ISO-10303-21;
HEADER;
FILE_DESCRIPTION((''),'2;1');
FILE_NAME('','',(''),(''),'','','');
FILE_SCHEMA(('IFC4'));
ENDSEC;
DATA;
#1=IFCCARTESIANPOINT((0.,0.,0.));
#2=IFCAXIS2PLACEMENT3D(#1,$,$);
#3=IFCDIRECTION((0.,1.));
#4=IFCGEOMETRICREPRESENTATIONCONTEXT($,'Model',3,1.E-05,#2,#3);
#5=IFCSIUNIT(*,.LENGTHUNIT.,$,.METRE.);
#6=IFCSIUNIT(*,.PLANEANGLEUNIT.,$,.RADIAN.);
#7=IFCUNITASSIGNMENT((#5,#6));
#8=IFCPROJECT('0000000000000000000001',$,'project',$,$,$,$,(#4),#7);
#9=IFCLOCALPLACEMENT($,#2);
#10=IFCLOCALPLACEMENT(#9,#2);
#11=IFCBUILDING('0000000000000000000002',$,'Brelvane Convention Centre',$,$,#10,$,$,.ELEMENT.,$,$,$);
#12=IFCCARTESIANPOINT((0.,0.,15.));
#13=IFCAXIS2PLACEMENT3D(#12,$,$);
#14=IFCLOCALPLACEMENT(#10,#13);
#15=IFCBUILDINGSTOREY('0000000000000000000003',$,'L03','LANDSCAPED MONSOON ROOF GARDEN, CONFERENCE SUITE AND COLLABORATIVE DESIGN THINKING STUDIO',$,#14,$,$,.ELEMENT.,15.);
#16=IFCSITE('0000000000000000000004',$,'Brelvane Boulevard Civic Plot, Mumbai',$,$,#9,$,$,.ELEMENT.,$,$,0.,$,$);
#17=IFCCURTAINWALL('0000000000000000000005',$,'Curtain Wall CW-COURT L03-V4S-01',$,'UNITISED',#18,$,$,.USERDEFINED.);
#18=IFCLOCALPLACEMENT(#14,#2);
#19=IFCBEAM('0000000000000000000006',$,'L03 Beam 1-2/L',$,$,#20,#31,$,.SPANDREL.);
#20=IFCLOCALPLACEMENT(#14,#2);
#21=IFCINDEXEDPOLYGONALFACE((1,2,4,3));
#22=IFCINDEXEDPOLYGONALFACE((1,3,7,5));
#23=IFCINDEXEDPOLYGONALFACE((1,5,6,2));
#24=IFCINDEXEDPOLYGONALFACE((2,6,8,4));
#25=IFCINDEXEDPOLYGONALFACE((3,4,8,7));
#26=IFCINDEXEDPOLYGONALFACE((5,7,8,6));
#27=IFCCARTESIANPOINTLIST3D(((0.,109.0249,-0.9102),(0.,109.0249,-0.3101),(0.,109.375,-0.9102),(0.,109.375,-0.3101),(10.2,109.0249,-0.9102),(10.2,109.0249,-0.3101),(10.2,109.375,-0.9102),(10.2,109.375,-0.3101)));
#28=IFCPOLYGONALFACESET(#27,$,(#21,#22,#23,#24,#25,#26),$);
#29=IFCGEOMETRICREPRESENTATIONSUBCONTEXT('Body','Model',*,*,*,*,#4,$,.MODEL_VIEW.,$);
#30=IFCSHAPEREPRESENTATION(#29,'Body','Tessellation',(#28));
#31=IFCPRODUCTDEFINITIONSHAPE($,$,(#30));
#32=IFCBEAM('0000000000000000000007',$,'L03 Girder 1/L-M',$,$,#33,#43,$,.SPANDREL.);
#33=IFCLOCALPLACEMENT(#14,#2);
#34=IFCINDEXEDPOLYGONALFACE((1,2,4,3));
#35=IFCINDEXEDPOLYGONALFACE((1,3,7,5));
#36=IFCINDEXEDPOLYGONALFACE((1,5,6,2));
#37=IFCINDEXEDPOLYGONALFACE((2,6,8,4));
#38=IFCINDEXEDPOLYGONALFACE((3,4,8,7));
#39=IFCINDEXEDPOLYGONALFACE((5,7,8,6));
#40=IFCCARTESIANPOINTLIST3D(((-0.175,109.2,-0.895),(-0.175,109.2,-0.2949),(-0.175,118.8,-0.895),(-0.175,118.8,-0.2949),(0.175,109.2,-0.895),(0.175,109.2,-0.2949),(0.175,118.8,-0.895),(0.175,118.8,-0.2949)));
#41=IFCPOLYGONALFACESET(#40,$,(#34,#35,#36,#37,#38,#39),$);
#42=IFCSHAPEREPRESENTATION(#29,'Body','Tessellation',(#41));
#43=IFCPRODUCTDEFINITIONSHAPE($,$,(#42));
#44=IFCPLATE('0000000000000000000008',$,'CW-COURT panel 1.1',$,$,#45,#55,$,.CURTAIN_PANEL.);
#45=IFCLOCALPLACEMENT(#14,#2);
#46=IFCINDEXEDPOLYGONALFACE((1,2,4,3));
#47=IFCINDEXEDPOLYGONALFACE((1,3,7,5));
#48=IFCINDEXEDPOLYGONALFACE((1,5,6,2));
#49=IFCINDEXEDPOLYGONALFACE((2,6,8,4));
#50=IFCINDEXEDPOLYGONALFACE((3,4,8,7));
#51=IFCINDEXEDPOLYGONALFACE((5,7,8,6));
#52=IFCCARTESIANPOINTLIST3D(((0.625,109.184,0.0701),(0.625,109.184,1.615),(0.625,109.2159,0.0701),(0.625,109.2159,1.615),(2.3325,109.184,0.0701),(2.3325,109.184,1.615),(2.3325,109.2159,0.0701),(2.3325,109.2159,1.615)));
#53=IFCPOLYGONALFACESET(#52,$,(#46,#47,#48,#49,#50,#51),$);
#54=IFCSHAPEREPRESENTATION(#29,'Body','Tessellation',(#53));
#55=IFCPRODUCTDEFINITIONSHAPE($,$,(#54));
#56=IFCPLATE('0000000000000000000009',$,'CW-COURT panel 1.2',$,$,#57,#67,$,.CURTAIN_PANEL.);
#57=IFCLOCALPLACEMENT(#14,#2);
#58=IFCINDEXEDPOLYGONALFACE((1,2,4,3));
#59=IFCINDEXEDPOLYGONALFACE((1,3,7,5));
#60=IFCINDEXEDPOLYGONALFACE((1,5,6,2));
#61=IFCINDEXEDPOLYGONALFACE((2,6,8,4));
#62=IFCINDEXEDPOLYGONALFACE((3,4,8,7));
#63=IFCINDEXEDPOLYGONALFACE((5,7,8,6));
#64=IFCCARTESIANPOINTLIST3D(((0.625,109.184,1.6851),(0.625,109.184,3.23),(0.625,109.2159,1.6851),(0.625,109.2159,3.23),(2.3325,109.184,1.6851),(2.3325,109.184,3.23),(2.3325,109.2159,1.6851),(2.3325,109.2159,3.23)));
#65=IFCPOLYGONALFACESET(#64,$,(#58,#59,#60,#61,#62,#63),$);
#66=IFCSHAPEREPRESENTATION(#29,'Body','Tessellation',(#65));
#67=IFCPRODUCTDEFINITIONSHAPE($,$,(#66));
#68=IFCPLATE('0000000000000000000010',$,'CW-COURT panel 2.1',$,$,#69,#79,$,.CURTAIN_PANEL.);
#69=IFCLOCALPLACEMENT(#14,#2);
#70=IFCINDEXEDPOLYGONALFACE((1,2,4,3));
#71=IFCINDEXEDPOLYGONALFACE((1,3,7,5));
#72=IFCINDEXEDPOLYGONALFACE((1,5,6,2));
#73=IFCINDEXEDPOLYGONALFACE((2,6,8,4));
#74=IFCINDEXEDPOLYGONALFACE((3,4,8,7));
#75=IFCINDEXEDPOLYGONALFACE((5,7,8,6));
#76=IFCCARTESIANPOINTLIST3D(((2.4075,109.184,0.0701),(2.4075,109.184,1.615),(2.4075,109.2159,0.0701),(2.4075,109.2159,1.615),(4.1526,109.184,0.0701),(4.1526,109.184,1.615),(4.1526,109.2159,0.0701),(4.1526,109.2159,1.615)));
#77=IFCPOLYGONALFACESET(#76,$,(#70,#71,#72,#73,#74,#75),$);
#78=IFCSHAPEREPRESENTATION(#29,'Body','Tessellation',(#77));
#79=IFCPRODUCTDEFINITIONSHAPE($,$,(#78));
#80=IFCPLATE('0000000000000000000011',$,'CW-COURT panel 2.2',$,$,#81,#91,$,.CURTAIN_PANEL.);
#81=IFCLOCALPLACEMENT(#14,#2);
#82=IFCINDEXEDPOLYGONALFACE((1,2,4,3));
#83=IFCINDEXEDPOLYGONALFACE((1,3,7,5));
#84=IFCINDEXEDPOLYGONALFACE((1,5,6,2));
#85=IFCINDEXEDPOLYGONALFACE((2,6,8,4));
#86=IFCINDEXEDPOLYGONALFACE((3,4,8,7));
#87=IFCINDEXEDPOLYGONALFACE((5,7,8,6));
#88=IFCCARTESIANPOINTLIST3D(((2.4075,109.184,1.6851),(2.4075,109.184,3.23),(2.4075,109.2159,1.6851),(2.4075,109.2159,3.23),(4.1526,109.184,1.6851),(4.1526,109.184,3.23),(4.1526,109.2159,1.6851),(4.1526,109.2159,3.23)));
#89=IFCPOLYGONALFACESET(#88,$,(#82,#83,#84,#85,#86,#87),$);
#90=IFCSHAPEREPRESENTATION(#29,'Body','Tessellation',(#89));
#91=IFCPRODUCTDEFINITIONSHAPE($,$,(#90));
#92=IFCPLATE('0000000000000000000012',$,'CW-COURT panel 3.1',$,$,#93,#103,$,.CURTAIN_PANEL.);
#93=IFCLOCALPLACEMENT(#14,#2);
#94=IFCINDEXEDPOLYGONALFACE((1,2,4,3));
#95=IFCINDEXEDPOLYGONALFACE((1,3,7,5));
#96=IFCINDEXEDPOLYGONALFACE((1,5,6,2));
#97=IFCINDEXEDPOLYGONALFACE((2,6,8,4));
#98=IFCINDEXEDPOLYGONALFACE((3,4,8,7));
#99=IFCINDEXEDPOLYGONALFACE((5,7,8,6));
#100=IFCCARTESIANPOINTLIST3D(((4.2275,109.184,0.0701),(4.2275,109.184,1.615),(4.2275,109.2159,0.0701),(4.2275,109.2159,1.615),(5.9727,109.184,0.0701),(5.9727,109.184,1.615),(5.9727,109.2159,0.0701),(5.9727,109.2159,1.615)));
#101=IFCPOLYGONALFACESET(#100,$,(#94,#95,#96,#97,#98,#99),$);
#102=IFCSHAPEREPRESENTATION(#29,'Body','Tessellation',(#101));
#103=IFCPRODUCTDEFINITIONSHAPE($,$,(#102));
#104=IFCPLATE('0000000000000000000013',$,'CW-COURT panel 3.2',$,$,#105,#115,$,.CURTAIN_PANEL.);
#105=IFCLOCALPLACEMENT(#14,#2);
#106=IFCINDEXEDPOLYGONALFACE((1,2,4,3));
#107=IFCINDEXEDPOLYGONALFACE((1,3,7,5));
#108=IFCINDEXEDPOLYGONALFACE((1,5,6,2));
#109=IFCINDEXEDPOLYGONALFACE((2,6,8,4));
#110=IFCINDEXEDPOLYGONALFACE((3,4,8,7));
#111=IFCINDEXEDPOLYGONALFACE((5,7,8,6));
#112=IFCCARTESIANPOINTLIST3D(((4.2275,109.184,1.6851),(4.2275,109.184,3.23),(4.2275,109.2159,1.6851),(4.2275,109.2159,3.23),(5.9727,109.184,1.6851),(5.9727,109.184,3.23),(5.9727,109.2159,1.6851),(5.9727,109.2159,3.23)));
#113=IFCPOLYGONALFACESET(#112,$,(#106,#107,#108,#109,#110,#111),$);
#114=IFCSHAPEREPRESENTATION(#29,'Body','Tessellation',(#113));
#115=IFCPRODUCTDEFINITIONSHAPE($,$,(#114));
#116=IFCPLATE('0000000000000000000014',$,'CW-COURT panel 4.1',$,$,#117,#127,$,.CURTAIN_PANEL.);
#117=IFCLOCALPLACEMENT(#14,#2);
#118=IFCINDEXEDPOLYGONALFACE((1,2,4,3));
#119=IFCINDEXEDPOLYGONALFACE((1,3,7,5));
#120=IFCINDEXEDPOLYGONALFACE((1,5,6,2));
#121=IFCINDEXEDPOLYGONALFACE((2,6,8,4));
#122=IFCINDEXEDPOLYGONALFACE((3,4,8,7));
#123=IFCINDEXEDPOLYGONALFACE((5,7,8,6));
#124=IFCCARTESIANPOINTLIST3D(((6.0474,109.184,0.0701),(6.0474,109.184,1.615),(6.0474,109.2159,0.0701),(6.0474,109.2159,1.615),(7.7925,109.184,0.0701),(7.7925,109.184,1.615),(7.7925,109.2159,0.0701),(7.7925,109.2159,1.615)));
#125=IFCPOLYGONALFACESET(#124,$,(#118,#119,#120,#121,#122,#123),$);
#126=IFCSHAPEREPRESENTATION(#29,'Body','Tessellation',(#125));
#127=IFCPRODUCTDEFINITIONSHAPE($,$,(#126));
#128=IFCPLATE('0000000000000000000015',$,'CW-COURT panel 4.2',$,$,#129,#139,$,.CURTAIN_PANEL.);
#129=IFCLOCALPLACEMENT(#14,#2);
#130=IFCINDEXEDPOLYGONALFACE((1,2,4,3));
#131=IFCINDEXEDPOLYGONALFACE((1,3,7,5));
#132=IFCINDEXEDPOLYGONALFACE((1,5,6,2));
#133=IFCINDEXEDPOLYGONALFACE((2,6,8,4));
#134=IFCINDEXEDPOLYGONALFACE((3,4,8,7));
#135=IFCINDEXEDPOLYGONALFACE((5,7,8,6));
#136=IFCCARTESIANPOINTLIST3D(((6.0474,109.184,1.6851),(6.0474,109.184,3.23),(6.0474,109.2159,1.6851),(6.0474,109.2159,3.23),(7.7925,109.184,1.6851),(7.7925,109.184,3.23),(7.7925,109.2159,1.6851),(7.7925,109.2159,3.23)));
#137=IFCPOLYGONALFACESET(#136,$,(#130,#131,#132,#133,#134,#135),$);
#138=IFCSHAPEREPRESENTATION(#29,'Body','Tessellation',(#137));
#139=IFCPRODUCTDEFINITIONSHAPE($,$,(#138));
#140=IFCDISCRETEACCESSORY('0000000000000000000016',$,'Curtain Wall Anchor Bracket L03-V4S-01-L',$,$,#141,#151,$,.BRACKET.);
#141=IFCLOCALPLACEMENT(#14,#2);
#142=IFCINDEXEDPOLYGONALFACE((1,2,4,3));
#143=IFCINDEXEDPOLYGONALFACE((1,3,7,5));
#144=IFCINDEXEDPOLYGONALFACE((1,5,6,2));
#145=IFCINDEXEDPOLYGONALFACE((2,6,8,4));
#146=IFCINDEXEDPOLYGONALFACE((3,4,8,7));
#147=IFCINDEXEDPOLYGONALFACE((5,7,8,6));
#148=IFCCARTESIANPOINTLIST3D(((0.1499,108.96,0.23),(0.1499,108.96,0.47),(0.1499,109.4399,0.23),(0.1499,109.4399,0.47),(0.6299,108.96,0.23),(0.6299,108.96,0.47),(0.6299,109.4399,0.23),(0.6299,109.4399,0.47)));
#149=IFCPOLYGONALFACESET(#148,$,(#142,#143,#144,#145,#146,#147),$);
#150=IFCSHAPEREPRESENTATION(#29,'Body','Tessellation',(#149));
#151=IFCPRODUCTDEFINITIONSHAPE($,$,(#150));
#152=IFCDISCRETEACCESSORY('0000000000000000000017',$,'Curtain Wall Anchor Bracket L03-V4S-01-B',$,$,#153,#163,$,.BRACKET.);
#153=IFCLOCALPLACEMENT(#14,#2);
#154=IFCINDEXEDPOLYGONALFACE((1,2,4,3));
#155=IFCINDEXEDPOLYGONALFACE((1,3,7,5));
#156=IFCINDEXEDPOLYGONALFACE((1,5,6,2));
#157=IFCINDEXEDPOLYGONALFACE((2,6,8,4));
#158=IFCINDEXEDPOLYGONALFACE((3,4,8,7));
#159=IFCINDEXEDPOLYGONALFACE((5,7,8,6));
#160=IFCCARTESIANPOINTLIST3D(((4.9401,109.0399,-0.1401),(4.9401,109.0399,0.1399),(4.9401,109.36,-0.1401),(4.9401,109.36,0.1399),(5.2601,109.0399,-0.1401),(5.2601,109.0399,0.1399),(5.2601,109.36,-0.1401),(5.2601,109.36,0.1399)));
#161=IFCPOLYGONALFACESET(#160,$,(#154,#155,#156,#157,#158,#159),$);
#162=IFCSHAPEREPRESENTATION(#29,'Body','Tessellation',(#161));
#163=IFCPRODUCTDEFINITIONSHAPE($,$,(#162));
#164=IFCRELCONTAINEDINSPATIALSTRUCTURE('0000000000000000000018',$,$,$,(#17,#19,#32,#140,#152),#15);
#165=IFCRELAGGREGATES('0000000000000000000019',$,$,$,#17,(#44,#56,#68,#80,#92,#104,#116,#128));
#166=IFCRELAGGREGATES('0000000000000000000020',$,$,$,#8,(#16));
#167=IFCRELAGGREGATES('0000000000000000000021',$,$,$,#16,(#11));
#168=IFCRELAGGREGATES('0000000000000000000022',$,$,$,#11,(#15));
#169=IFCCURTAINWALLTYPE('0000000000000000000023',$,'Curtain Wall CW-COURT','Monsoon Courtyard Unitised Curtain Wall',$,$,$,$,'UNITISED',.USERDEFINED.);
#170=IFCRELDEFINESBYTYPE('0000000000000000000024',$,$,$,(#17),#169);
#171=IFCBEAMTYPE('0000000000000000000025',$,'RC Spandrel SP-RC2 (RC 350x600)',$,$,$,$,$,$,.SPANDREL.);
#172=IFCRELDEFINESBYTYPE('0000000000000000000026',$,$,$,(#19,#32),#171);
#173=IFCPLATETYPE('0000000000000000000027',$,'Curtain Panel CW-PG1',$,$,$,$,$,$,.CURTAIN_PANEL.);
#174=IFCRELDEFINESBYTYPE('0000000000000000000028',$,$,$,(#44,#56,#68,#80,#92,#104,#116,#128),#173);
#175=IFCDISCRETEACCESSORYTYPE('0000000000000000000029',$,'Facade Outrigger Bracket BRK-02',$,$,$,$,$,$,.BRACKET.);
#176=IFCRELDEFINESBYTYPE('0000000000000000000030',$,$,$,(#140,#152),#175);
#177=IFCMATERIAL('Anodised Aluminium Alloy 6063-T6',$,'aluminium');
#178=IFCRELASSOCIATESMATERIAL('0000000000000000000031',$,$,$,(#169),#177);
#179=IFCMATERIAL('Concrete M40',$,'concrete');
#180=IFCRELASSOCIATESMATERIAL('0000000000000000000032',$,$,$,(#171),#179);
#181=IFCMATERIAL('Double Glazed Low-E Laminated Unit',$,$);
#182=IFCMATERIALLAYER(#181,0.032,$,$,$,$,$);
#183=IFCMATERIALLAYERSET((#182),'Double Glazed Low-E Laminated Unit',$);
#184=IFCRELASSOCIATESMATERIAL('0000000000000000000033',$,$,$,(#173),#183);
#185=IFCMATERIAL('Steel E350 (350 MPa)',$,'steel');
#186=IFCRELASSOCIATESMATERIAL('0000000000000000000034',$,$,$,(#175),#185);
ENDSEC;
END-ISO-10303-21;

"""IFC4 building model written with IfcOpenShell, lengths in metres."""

from ifc_helpers import new_model, si_unit, direction, frame, origin, origin_2d, place, context, subcontext, project, spatial, rectangle, extrude, material, layer, layer_set, material_profile, profile_set, type_object, element, aggregate, save


model = new_model("IFC4")

# Units and contexts
model_context = context("Model", 3, precision=1e-05, world=origin(), true_north=direction((0.0, 1.0)))
body_context = subcontext(model_context, "Body", "Model", "MODEL_VIEW")
ifc_project = project(units=[si_unit("LENGTHUNIT", "METRE"), si_unit("PLANEANGLEUNIT", "RADIAN")], contexts=[model_context])

# Site, building, storey
site_placement = place(None, origin())
site = spatial("IfcSite", under=ifc_project, at=site_placement, Name="Brelvane Boulevard Civic Plot, Mumbai", CompositionType="ELEMENT", RefElevation=0.0)
building_placement = place(site_placement, origin())
building = spatial("IfcBuilding", under=site, at=building_placement, Name="Brelvane Convention Centre", CompositionType="ELEMENT")
storey_placement = place(building_placement, frame((0.0, 0.0, 15.0)))
storey = spatial("IfcBuildingStorey", under=building, at=storey_placement, Name="L03", Description="LANDSCAPED MONSOON ROOF GARDEN, CONFERENCE SUITE AND COLLABORATIVE DESIGN THINKING STUDIO", CompositionType="ELEMENT", Elevation=15.0)

# Curtain wall
ifc_material_1 = material(Name="Anodised Aluminium Alloy 6063-T6", Category="aluminium")
curtain_wall_type = type_object("IfcCurtainWallType", Name="Curtain Wall CW-COURT", Description="Monsoon Courtyard Unitised Curtain Wall", ElementType="UNITISED", PredefinedType="USERDEFINED", material=ifc_material_1)
curtain_wall_placement = place(storey_placement, origin())
curtain_wall = element("IfcCurtainWall", 1, at=curtain_wall_placement, inside=storey, type_object=curtain_wall_type, Name="Curtain Wall CW-COURT L03-V4S-01", ObjectType="UNITISED", PredefinedType="USERDEFINED")

# Beams
ifc_material_2 = material(Name="Concrete M40", Category="concrete")
ifc_material_profile_1 = material_profile(ifc_material_2, rectangle(XDim=0.3501, YDim=0.6001, at=origin_2d()), Name="RC 350x600")
ifc_profile_set_1 = profile_set([ifc_material_profile_1], Name="Concrete M40")
beam_type_1 = type_object("IfcBeamType", Name="RC Spandrel SP-RC2 (RC 350x600)", PredefinedType="SPANDREL", material=ifc_profile_set_1)
beam_1_placement = place(storey_placement, frame((0.0, 109.2, -0.6101), z_axis=(1.0, 0.0, 0.0), x_axis=(0.0, 1.0, 0.0)))
element("IfcBeam", 2, at=beam_1_placement, inside=storey, type_object=beam_type_1, Name="L03 Beam 1-2/L", PredefinedType="SPANDREL", context=body_context, shape_type="SweptSolid", body=[
    extrude(rectangle(XDim=0.3501, YDim=0.6001, at=origin_2d()), origin(), (0.0, 0.0, 1.0), 10.2),
])
beam_2_placement = place(storey_placement, frame((0.0, 109.2, -0.595), z_axis=(0.0, 1.0, 0.0), x_axis=(-1.0, 0.0, 0.0)))
element("IfcBeam", 3, at=beam_2_placement, inside=storey, type_object=beam_type_1, Name="L03 Girder 1/L-M", PredefinedType="SPANDREL", context=body_context, shape_type="SweptSolid", body=[
    extrude(rectangle(XDim=0.3501, YDim=0.6001, at=origin_2d()), origin(), (0.0, 0.0, 1.0), 9.6001),
])

# Plates
ifc_material_3 = material(Name="Double Glazed Low-E Laminated Unit")
ifc_layer = layer(ifc_material_3, 0.032)
ifc_layer_set = layer_set([ifc_layer], Name="Double Glazed Low-E Laminated Unit")
plate_type = type_object("IfcPlateType", Name="Curtain Panel CW-PG1", PredefinedType="CURTAIN_PANEL", material=ifc_layer_set)
plate_1_placement = place(storey_placement, frame((1.4788, 109.2, 0.0701), z_axis=(0.0, 0.0, 1.0), x_axis=(1.0, 0.0, 0.0)))
plate_1 = element("IfcPlate", 4, at=plate_1_placement, type_object=plate_type, Name="CW-COURT panel 1.1", PredefinedType="CURTAIN_PANEL", context=body_context, shape_type="SweptSolid", body=[
    extrude(rectangle(XDim=1.7075, YDim=0.032, at=origin_2d()), origin(), (0.0, 0.0, 1.0), 1.5449),
])
plate_2_placement = place(storey_placement, frame((1.4788, 109.2, 1.6851), z_axis=(0.0, 0.0, 1.0), x_axis=(1.0, 0.0, 0.0)))
plate_2 = element("IfcPlate", 5, at=plate_2_placement, type_object=plate_type, Name="CW-COURT panel 1.2", PredefinedType="CURTAIN_PANEL", context=body_context, shape_type="SweptSolid", body=[
    extrude(rectangle(XDim=1.7075, YDim=0.032, at=origin_2d()), origin(), (0.0, 0.0, 1.0), 1.5449),
])
plate_3_placement = place(storey_placement, frame((3.28, 109.2, 0.0701), z_axis=(0.0, 0.0, 1.0), x_axis=(1.0, 0.0, 0.0)))
plate_3 = element("IfcPlate", 6, at=plate_3_placement, type_object=plate_type, Name="CW-COURT panel 2.1", PredefinedType="CURTAIN_PANEL", context=body_context, shape_type="SweptSolid", body=[
    extrude(rectangle(XDim=1.7451, YDim=0.032, at=origin_2d()), origin(), (0.0, 0.0, 1.0), 1.5449),
])
plate_4_placement = place(storey_placement, frame((3.28, 109.2, 1.6851), z_axis=(0.0, 0.0, 1.0), x_axis=(1.0, 0.0, 0.0)))
plate_4 = element("IfcPlate", 7, at=plate_4_placement, type_object=plate_type, Name="CW-COURT panel 2.2", PredefinedType="CURTAIN_PANEL", context=body_context, shape_type="SweptSolid", body=[
    extrude(rectangle(XDim=1.7451, YDim=0.032, at=origin_2d()), origin(), (0.0, 0.0, 1.0), 1.5449),
])
plate_5_placement = place(storey_placement, frame((5.1001, 109.2, 0.0701), z_axis=(0.0, 0.0, 1.0), x_axis=(1.0, 0.0, 0.0)))
plate_5 = element("IfcPlate", 8, at=plate_5_placement, type_object=plate_type, Name="CW-COURT panel 3.1", PredefinedType="CURTAIN_PANEL", context=body_context, shape_type="SweptSolid", body=[
    extrude(rectangle(XDim=1.7451, YDim=0.032, at=origin_2d()), origin(), (0.0, 0.0, 1.0), 1.5449),
])
plate_6_placement = place(storey_placement, frame((5.1001, 109.2, 1.6851), z_axis=(0.0, 0.0, 1.0), x_axis=(1.0, 0.0, 0.0)))
plate_6 = element("IfcPlate", 9, at=plate_6_placement, type_object=plate_type, Name="CW-COURT panel 3.2", PredefinedType="CURTAIN_PANEL", context=body_context, shape_type="SweptSolid", body=[
    extrude(rectangle(XDim=1.7451, YDim=0.032, at=origin_2d()), origin(), (0.0, 0.0, 1.0), 1.5449),
])
plate_7_placement = place(storey_placement, frame((6.9199, 109.2, 0.0701), z_axis=(0.0, 0.0, 1.0), x_axis=(1.0, 0.0, 0.0)))
plate_7 = element("IfcPlate", 10, at=plate_7_placement, type_object=plate_type, Name="CW-COURT panel 4.1", PredefinedType="CURTAIN_PANEL", context=body_context, shape_type="SweptSolid", body=[
    extrude(rectangle(XDim=1.7451, YDim=0.032, at=origin_2d()), origin(), (0.0, 0.0, 1.0), 1.5449),
])
plate_8_placement = place(storey_placement, frame((6.9199, 109.2, 1.6851), z_axis=(0.0, 0.0, 1.0), x_axis=(1.0, 0.0, 0.0)))
plate_8 = element("IfcPlate", 11, at=plate_8_placement, type_object=plate_type, Name="CW-COURT panel 4.2", PredefinedType="CURTAIN_PANEL", context=body_context, shape_type="SweptSolid", body=[
    extrude(rectangle(XDim=1.7451, YDim=0.032, at=origin_2d()), origin(), (0.0, 0.0, 1.0), 1.5449),
])
aggregate(curtain_wall, [plate_1, plate_2, plate_3, plate_4, plate_5, plate_6, plate_7, plate_8])

# Discrete accessories
ifc_material_4 = material(Name="Steel E350 (350 MPa)", Category="steel")
discrete_accessory_type = type_object("IfcDiscreteAccessoryType", Name="Facade Outrigger Bracket BRK-02", PredefinedType="BRACKET", material=ifc_material_4)
discrete_accessory_1_placement = place(storey_placement, frame((0.3899, 109.2, 0.23), z_axis=(0.0, 0.0, 1.0), x_axis=(1.0, 0.0, 0.0)))
element("IfcDiscreteAccessory", 12, at=discrete_accessory_1_placement, inside=storey, type_object=discrete_accessory_type, Name="Curtain Wall Anchor Bracket L03-V4S-01-L", PredefinedType="BRACKET", context=body_context, shape_type="SweptSolid", body=[
    extrude(rectangle(XDim=0.48, YDim=0.48, at=origin_2d()), origin(), (0.0, 0.0, 1.0), 0.24),
])
discrete_accessory_2_placement = place(storey_placement, frame((5.1001, 109.2, -0.1401), z_axis=(0.0, 0.0, 1.0), x_axis=(1.0, 0.0, 0.0)))
element("IfcDiscreteAccessory", 13, at=discrete_accessory_2_placement, inside=storey, type_object=discrete_accessory_type, Name="Curtain Wall Anchor Bracket L03-V4S-01-B", PredefinedType="BRACKET", context=body_context, shape_type="SweptSolid", body=[
    extrude(rectangle(XDim=0.3201, YDim=0.3201, at=origin_2d()), origin(), (0.0, 0.0, 1.0), 0.28),
])

save(model, "model.ifc")
